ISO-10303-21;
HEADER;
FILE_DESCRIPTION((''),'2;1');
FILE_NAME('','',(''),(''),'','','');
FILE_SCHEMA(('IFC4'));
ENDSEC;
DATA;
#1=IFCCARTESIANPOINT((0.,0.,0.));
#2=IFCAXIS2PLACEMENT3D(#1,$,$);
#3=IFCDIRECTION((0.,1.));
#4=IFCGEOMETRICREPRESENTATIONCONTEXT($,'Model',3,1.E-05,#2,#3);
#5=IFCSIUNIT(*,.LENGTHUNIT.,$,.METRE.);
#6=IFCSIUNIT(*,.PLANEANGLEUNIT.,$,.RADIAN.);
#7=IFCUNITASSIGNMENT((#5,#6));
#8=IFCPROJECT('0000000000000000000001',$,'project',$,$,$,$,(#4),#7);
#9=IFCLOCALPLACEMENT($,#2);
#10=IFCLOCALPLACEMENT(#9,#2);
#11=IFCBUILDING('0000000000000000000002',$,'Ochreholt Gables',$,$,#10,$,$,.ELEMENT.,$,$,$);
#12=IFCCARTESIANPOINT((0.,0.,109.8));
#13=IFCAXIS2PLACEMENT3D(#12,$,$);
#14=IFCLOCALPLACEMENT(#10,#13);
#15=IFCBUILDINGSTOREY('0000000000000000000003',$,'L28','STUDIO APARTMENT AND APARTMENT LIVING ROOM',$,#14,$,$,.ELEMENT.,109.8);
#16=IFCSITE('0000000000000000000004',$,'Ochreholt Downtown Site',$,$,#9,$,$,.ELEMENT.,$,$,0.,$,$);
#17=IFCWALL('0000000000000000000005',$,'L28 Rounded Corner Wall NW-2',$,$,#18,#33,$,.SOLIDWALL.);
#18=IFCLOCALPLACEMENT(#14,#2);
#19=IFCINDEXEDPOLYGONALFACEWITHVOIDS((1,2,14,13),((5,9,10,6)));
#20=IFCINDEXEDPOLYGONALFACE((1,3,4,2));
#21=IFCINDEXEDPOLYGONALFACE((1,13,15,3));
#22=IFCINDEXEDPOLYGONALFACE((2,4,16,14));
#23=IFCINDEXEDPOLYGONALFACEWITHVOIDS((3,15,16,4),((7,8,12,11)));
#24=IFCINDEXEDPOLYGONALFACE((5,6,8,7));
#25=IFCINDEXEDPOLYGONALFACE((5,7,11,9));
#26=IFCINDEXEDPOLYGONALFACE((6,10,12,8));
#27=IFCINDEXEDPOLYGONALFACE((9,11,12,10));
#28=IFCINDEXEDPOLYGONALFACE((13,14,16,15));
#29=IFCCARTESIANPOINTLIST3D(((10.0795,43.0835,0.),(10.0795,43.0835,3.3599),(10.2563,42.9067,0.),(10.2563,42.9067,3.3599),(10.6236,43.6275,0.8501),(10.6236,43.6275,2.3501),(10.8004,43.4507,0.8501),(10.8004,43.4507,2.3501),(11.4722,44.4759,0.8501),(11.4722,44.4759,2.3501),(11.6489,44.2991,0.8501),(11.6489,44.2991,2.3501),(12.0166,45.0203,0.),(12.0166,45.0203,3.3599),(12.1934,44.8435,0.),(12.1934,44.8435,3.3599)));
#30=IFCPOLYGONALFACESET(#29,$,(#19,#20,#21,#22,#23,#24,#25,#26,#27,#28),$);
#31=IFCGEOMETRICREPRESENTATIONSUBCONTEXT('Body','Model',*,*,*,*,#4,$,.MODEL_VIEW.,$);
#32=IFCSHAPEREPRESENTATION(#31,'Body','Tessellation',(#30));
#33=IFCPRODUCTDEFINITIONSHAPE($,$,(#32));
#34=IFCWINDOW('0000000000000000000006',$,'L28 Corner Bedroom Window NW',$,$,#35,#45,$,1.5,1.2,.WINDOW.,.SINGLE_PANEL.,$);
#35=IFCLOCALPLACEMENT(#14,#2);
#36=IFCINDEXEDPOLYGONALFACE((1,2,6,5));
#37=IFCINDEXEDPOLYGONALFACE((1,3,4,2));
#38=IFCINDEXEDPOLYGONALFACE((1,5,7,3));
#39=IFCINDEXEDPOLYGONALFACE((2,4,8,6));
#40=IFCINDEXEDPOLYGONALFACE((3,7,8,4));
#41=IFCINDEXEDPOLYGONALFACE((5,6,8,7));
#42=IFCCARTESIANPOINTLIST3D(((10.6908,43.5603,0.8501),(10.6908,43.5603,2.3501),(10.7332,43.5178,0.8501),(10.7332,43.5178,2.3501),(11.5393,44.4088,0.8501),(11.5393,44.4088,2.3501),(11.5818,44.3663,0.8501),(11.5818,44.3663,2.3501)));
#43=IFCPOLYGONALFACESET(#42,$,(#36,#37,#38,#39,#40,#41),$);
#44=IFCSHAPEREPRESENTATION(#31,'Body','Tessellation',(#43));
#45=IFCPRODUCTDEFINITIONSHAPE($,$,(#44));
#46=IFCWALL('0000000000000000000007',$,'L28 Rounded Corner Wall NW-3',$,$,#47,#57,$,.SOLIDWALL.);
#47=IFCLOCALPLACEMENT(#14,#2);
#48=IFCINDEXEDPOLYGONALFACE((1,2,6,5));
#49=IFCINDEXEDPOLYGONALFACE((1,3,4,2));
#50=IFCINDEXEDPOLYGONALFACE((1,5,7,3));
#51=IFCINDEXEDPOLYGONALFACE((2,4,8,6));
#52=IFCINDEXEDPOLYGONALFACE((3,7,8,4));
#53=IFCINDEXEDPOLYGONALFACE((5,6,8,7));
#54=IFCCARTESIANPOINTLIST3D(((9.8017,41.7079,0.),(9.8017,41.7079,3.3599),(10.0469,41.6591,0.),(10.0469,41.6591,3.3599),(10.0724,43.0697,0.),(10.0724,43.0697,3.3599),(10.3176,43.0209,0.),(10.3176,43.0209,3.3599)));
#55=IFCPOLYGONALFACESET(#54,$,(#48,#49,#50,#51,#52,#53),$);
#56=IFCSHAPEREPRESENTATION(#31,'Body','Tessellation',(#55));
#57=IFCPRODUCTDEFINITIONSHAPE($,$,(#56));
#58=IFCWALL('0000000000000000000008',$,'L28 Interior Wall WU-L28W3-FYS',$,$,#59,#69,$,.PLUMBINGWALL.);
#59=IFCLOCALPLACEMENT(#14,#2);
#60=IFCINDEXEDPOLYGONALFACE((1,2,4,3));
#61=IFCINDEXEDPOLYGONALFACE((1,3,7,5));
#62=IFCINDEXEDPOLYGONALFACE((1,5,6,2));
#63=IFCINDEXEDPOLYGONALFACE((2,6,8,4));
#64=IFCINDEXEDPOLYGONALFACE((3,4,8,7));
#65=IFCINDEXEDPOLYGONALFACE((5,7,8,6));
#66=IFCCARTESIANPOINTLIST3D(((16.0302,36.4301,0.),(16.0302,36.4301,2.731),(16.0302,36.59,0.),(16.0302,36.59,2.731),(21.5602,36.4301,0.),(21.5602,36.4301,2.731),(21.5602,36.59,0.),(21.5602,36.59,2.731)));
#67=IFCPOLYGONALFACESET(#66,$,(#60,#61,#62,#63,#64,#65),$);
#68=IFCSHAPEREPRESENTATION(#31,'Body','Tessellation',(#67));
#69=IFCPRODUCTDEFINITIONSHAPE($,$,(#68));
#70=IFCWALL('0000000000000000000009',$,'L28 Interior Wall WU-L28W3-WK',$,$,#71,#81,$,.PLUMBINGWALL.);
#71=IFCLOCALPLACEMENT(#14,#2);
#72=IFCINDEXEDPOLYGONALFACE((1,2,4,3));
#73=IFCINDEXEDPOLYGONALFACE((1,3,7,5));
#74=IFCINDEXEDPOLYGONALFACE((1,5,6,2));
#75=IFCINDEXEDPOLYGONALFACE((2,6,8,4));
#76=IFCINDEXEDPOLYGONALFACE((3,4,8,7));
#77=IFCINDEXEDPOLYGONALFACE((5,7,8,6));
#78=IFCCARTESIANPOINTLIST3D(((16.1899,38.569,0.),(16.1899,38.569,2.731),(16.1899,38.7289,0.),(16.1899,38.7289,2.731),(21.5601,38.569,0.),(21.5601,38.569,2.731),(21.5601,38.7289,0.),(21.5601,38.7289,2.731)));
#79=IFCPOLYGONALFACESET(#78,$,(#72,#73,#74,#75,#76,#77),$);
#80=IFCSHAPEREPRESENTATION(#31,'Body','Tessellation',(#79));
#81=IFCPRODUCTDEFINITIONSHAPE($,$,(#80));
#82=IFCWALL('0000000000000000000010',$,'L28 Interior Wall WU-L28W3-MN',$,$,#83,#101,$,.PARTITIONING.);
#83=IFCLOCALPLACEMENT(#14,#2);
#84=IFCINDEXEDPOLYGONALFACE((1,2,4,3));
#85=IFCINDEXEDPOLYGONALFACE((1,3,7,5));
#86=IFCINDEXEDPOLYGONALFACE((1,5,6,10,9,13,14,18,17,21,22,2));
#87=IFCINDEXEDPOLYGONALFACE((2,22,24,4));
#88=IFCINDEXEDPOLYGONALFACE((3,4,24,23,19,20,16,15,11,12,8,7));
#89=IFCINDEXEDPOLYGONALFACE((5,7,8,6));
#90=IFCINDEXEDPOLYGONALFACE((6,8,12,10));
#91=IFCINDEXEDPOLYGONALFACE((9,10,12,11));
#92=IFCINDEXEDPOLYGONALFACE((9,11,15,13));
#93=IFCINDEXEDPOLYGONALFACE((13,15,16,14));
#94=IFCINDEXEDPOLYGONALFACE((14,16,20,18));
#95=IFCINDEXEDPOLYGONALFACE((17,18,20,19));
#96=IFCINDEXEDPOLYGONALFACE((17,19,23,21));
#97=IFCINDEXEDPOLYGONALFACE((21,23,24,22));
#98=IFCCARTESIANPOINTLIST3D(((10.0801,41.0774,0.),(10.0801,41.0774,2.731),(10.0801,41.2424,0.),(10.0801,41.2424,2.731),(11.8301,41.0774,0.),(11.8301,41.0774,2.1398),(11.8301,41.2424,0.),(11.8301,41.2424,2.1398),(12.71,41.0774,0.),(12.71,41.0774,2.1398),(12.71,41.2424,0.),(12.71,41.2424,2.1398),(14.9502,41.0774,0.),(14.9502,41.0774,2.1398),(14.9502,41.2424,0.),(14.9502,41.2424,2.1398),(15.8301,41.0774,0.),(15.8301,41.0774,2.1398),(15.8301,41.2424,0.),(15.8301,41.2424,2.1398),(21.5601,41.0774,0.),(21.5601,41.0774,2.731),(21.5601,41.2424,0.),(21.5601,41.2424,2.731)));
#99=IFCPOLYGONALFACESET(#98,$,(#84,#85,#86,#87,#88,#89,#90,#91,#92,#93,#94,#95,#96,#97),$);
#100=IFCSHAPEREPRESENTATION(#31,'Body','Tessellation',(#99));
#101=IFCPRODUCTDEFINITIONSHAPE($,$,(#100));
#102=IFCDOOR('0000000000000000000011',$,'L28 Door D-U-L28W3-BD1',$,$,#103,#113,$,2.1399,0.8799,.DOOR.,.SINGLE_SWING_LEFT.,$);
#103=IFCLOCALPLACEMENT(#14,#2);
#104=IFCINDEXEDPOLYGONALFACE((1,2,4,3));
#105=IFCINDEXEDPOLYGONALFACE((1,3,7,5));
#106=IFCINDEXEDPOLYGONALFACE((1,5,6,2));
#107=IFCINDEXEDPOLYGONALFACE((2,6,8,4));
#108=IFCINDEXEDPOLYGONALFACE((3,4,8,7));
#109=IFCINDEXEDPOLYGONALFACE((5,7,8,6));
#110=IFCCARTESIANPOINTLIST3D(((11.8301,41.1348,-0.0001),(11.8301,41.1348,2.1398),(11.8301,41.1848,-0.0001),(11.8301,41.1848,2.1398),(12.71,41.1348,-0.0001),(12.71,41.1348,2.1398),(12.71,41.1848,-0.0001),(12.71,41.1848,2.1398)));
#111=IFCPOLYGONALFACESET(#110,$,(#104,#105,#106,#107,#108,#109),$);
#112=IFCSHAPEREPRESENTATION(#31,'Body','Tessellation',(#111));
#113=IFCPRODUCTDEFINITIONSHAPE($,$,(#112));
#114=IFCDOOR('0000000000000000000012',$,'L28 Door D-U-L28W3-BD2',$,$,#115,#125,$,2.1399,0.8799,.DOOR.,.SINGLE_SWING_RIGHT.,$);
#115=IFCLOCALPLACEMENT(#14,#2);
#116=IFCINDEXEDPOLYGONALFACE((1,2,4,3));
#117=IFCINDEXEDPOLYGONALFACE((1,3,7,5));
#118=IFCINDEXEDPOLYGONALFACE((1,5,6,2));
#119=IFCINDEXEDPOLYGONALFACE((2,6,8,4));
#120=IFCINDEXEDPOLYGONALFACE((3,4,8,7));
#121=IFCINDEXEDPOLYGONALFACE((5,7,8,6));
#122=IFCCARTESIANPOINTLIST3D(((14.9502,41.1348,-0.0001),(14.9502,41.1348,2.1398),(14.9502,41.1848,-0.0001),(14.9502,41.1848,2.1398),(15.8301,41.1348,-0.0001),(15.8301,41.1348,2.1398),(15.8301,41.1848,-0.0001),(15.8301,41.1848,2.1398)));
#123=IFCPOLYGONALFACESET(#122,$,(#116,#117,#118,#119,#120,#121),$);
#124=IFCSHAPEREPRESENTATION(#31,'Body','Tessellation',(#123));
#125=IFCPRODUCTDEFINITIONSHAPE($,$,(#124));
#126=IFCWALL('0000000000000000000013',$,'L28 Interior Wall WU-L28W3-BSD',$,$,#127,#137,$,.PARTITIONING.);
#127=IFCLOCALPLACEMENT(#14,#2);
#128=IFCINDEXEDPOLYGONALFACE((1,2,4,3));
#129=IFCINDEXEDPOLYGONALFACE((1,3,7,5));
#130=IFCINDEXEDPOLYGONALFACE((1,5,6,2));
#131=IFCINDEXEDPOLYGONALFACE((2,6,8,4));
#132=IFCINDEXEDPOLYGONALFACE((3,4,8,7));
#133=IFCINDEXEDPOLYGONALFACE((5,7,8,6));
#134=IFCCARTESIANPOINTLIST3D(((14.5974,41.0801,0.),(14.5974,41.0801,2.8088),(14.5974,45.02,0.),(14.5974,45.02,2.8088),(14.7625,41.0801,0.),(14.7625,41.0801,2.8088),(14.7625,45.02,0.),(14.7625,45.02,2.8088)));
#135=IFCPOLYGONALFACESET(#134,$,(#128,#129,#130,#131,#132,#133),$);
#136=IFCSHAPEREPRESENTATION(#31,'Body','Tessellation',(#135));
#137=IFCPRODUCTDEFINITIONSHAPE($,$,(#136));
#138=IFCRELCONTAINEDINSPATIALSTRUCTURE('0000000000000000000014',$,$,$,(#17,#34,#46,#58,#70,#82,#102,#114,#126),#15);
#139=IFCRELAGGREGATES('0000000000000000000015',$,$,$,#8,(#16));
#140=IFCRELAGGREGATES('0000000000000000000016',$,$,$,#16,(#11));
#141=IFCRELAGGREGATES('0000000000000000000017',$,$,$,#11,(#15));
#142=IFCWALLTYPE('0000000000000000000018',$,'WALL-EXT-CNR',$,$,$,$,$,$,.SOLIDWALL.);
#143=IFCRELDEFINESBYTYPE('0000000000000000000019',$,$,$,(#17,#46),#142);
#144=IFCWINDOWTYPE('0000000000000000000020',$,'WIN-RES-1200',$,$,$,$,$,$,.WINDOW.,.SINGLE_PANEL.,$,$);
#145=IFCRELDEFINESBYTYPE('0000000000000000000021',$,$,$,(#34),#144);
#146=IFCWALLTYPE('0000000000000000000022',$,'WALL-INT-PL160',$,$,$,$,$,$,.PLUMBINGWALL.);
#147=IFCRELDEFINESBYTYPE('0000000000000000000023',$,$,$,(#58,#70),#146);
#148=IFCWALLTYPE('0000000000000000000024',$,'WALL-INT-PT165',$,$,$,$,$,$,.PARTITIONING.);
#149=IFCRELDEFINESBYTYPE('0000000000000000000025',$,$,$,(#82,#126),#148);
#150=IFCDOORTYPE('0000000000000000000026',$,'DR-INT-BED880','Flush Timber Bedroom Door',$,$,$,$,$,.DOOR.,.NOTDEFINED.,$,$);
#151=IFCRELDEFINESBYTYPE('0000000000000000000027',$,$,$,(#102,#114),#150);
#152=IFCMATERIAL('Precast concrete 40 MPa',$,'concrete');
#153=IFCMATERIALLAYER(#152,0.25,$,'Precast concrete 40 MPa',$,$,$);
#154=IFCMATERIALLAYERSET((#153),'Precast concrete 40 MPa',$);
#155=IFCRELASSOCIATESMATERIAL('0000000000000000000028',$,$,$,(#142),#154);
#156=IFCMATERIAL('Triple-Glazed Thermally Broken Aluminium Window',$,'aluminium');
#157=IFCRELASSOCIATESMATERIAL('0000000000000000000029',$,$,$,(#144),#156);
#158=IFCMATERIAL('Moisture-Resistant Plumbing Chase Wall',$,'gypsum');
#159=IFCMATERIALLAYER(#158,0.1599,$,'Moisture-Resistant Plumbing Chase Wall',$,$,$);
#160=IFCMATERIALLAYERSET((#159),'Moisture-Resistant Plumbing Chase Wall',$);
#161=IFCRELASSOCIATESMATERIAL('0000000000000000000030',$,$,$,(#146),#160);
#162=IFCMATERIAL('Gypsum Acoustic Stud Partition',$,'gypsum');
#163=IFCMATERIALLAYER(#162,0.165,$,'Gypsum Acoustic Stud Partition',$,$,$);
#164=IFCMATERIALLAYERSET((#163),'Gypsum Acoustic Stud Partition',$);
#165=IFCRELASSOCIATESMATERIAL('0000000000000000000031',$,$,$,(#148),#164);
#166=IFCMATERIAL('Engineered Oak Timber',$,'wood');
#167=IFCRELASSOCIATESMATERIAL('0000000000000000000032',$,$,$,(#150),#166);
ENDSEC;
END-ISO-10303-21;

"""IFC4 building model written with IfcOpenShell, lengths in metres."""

from ifc_helpers import new_model, si_unit, direction, frame, frame_2d, origin, place, context, subcontext, project, spatial, rectangle, extrude, material, layer, layer_set, type_object, element, fill, save


model = new_model("IFC4")

# Units and contexts
model_context = context("Model", 3, precision=1e-05, world=origin(), true_north=direction((0.0, 1.0)))
body_context = subcontext(model_context, "Body", "Model", "MODEL_VIEW")
ifc_project = project(units=[si_unit("LENGTHUNIT", "METRE"), si_unit("PLANEANGLEUNIT", "RADIAN")], contexts=[model_context])

# Site, building, storey
site_placement = place(None, origin())
site = spatial("IfcSite", under=ifc_project, at=site_placement, Name="Ochreholt Downtown Site", CompositionType="ELEMENT", RefElevation=0.0)
building_placement = place(site_placement, origin())
building = spatial("IfcBuilding", under=site, at=building_placement, Name="Ochreholt Gables", CompositionType="ELEMENT")
storey_placement = place(building_placement, frame((0.0, 0.0, 109.8)))
storey = spatial("IfcBuildingStorey", under=building, at=storey_placement, Name="L28", Description="STUDIO APARTMENT AND APARTMENT LIVING ROOM", CompositionType="ELEMENT", Elevation=109.8)

# Shared definitions
ifc_material_1 = material(Name="Precast concrete 40 MPa", Category="concrete")
ifc_material_2 = material(Name="Triple-Glazed Thermally Broken Aluminium Window", Category="aluminium")

# Shared definitions
ifc_layer_1 = layer(ifc_material_1, 0.25, Name="Precast concrete 40 MPa")
ifc_layer_set_1 = layer_set([ifc_layer_1], Name="Precast concrete 40 MPa")
wall_type_1 = type_object("IfcWallType", Name="WALL-EXT-CNR", PredefinedType="SOLIDWALL", material=ifc_layer_set_1)

# Wall, opening, window
wall_1_placement = place(storey_placement, frame((12.105, 44.9319, 0.0), z_axis=(0.0, 0.0, 1.0), x_axis=(-0.707151, -0.707062, 0.0)))
wall_1 = element("IfcWall", 1, at=wall_1_placement, inside=storey, type_object=wall_type_1, Name="L28 Rounded Corner Wall NW-2", PredefinedType="SOLIDWALL", context=body_context, shape_type="SweptSolid", body=[
    extrude(rectangle(XDim=2.7393, YDim=0.25, at=frame_2d((1.3696, 0.0))), origin(), (0.0, 0.0, 1.0), 3.3599),
])
opening_1_placement = place(wall_1_placement, frame((0.7698, 0.0, 0.8501)))
opening_1 = element("IfcOpeningElement", 2, at=opening_1_placement, cuts=wall_1, PredefinedType="OPENING", context=body_context, shape_type="SweptSolid", body=[
    extrude(rectangle(XDim=1.2, YDim=1.5, at=frame_2d((0.6001, 0.75))), frame((0.0, 0.135, 0.0), z_axis=(0.0, -1.0, 0.0), x_axis=(1.0, 0.0, 0.0)), (0.0, 0.0, 1.0), 0.27),
])
window_type_1 = type_object("IfcWindowType", Name="WIN-RES-1200", PartitioningType="SINGLE_PANEL", PredefinedType="WINDOW", material=ifc_material_2)
window_1_placement = place(opening_1_placement, origin())
window_1 = element("IfcWindow", 3, at=window_1_placement, inside=storey, type_object=window_type_1, Name="L28 Corner Bedroom Window NW", OverallHeight=1.5, OverallWidth=1.2, PartitioningType="SINGLE_PANEL", PredefinedType="WINDOW", context=body_context, shape_type="SweptSolid", body=[
    extrude(rectangle(XDim=1.2, YDim=1.5, at=frame_2d((0.6001, 0.75))), frame((0.0, 0.03, 0.0), z_axis=(0.0, -1.0, 0.0), x_axis=(1.0, 0.0, 0.0)), (0.0, 0.0, 1.0), 0.0601),
])
fill(opening_1, window_1)

# Walls
wall_2_placement = place(storey_placement, frame((10.1951, 43.0454, 0.0), z_axis=(0.0, 0.0, 1.0), x_axis=(-0.195, -0.980803, 0.0)))
element("IfcWall", 4, at=wall_2_placement, inside=storey, type_object=wall_type_1, Name="L28 Rounded Corner Wall NW-3", PredefinedType="SOLIDWALL", context=body_context, shape_type="SweptSolid", body=[
    extrude(rectangle(XDim=1.3884, YDim=0.25, at=frame_2d((0.6943, 0.0))), origin(), (0.0, 0.0, 1.0), 3.3599),
])
ifc_material_3 = material(Name="Moisture-Resistant Plumbing Chase Wall", Category="gypsum")
ifc_layer_2 = layer(ifc_material_3, 0.1599, Name="Moisture-Resistant Plumbing Chase Wall")
ifc_layer_set_2 = layer_set([ifc_layer_2], Name="Moisture-Resistant Plumbing Chase Wall")
wall_type_2 = type_object("IfcWallType", Name="WALL-INT-PL160", PredefinedType="PLUMBINGWALL", material=ifc_layer_set_2)
wall_3_placement = place(storey_placement, frame((16.03, 36.51, 0.0), z_axis=(0.0, 0.0, 1.0), x_axis=(1.0, 0.0, 0.0)))
element("IfcWall", 5, at=wall_3_placement, inside=storey, type_object=wall_type_2, Name="L28 Interior Wall WU-L28W3-FYS", PredefinedType="PLUMBINGWALL", context=body_context, shape_type="SweptSolid", body=[
    extrude(rectangle(XDim=5.53, YDim=0.1599, at=frame_2d((2.7651, 0.0))), origin(), (0.0, 0.0, 1.0), 2.731),
])

# Shared definitions
ifc_material_4 = material(Name="Engineered Oak Timber", Category="wood")

# Wall
wall_4_placement = place(storey_placement, frame((16.1899, 38.6489, 0.0), z_axis=(0.0, 0.0, 1.0), x_axis=(1.0, 0.0, 0.0)))
element("IfcWall", 6, at=wall_4_placement, inside=storey, type_object=wall_type_2, Name="L28 Interior Wall WU-L28W3-WK", PredefinedType="PLUMBINGWALL", context=body_context, shape_type="SweptSolid", body=[
    extrude(rectangle(XDim=5.3701, YDim=0.1599, at=frame_2d((2.6851, 0.0))), origin(), (0.0, 0.0, 1.0), 2.731),
])

# Wall, openings, doors
ifc_material_5 = material(Name="Gypsum Acoustic Stud Partition", Category="gypsum")
ifc_layer_3 = layer(ifc_material_5, 0.165, Name="Gypsum Acoustic Stud Partition")
ifc_layer_set_3 = layer_set([ifc_layer_3], Name="Gypsum Acoustic Stud Partition")
wall_type_3 = type_object("IfcWallType", Name="WALL-INT-PT165", PredefinedType="PARTITIONING", material=ifc_layer_set_3)
wall_5_placement = place(storey_placement, frame((10.0801, 41.1599, 0.0), z_axis=(0.0, 0.0, 1.0), x_axis=(1.0, 0.0, 0.0)))
wall_5 = element("IfcWall", 7, at=wall_5_placement, inside=storey, type_object=wall_type_3, Name="L28 Interior Wall WU-L28W3-MN", PredefinedType="PARTITIONING", context=body_context, shape_type="SweptSolid", body=[
    extrude(rectangle(XDim=11.48, YDim=0.165, at=frame_2d((5.74, 0.0))), origin(), (0.0, 0.0, 1.0), 2.731),
])
opening_2_placement = place(wall_5_placement, frame((1.75, 0.0, 0.0)))
opening_2 = element("IfcOpeningElement", 8, at=opening_2_placement, cuts=wall_5, PredefinedType="OPENING", context=body_context, shape_type="SweptSolid", body=[
    extrude(rectangle(XDim=0.8799, YDim=2.1399, at=frame_2d((0.4399, 1.0698))), frame((0.0, 0.0925, 0.0), z_axis=(0.0, -1.0, 0.0), x_axis=(1.0, 0.0, 0.0)), (0.0, 0.0, 1.0), 0.1851),
])
opening_3_placement = place(wall_5_placement, frame((4.8701, 0.0, 0.0)))
opening_3 = element("IfcOpeningElement", 9, at=opening_3_placement, cuts=wall_5, PredefinedType="OPENING", context=body_context, shape_type="SweptSolid", body=[
    extrude(rectangle(XDim=0.8799, YDim=2.1399, at=frame_2d((0.4399, 1.0698))), frame((0.0, 0.0925, 0.0), z_axis=(0.0, -1.0, 0.0), x_axis=(1.0, 0.0, 0.0)), (0.0, 0.0, 1.0), 0.1851),
])
door_type_1 = type_object("IfcDoorType", Name="DR-INT-BED880", Description="Flush Timber Bedroom Door", OperationType="NOTDEFINED", PredefinedType="DOOR", material=ifc_material_4)
door_1_placement = place(opening_2_placement, origin())
door_1 = element("IfcDoor", 10, at=door_1_placement, inside=storey, type_object=door_type_1, Name="L28 Door D-U-L28W3-BD1", OperationType="SINGLE_SWING_LEFT", OverallHeight=2.1399, OverallWidth=0.8799, PredefinedType="DOOR", context=body_context, shape_type="SweptSolid", body=[
    extrude(rectangle(XDim=0.8799, YDim=2.1399, at=frame_2d((0.4399, 1.0698))), frame((0.0, 0.0249, 0.0), z_axis=(0.0, -1.0, 0.0), x_axis=(1.0, 0.0, 0.0)), (0.0, 0.0, 1.0), 0.05),
])
fill(opening_2, door_1)
door_2_placement = place(opening_3_placement, origin())
door_2 = element("IfcDoor", 11, at=door_2_placement, inside=storey, type_object=door_type_1, Name="L28 Door D-U-L28W3-BD2", OperationType="SINGLE_SWING_RIGHT", OverallHeight=2.1399, OverallWidth=0.8799, PredefinedType="DOOR", context=body_context, shape_type="SweptSolid", body=[
    extrude(rectangle(XDim=0.8799, YDim=2.1399, at=frame_2d((0.4399, 1.0698))), frame((0.0, 0.0249, 0.0), z_axis=(0.0, -1.0, 0.0), x_axis=(1.0, 0.0, 0.0)), (0.0, 0.0, 1.0), 0.05),
])
fill(opening_3, door_2)

# Wall
wall_6_placement = place(storey_placement, frame((14.6799, 41.0801, 0.0), z_axis=(0.0, 0.0, 1.0), x_axis=(0.0, 1.0, 0.0)))
element("IfcWall", 12, at=wall_6_placement, inside=storey, type_object=wall_type_3, Name="L28 Interior Wall WU-L28W3-BSD", PredefinedType="PARTITIONING", context=body_context, shape_type="SweptSolid", body=[
    extrude(rectangle(XDim=3.9399, YDim=0.165, at=frame_2d((1.97, 0.0))), origin(), (0.0, 0.0, 1.0), 2.8088),
])

save(model, "model.ifc")
